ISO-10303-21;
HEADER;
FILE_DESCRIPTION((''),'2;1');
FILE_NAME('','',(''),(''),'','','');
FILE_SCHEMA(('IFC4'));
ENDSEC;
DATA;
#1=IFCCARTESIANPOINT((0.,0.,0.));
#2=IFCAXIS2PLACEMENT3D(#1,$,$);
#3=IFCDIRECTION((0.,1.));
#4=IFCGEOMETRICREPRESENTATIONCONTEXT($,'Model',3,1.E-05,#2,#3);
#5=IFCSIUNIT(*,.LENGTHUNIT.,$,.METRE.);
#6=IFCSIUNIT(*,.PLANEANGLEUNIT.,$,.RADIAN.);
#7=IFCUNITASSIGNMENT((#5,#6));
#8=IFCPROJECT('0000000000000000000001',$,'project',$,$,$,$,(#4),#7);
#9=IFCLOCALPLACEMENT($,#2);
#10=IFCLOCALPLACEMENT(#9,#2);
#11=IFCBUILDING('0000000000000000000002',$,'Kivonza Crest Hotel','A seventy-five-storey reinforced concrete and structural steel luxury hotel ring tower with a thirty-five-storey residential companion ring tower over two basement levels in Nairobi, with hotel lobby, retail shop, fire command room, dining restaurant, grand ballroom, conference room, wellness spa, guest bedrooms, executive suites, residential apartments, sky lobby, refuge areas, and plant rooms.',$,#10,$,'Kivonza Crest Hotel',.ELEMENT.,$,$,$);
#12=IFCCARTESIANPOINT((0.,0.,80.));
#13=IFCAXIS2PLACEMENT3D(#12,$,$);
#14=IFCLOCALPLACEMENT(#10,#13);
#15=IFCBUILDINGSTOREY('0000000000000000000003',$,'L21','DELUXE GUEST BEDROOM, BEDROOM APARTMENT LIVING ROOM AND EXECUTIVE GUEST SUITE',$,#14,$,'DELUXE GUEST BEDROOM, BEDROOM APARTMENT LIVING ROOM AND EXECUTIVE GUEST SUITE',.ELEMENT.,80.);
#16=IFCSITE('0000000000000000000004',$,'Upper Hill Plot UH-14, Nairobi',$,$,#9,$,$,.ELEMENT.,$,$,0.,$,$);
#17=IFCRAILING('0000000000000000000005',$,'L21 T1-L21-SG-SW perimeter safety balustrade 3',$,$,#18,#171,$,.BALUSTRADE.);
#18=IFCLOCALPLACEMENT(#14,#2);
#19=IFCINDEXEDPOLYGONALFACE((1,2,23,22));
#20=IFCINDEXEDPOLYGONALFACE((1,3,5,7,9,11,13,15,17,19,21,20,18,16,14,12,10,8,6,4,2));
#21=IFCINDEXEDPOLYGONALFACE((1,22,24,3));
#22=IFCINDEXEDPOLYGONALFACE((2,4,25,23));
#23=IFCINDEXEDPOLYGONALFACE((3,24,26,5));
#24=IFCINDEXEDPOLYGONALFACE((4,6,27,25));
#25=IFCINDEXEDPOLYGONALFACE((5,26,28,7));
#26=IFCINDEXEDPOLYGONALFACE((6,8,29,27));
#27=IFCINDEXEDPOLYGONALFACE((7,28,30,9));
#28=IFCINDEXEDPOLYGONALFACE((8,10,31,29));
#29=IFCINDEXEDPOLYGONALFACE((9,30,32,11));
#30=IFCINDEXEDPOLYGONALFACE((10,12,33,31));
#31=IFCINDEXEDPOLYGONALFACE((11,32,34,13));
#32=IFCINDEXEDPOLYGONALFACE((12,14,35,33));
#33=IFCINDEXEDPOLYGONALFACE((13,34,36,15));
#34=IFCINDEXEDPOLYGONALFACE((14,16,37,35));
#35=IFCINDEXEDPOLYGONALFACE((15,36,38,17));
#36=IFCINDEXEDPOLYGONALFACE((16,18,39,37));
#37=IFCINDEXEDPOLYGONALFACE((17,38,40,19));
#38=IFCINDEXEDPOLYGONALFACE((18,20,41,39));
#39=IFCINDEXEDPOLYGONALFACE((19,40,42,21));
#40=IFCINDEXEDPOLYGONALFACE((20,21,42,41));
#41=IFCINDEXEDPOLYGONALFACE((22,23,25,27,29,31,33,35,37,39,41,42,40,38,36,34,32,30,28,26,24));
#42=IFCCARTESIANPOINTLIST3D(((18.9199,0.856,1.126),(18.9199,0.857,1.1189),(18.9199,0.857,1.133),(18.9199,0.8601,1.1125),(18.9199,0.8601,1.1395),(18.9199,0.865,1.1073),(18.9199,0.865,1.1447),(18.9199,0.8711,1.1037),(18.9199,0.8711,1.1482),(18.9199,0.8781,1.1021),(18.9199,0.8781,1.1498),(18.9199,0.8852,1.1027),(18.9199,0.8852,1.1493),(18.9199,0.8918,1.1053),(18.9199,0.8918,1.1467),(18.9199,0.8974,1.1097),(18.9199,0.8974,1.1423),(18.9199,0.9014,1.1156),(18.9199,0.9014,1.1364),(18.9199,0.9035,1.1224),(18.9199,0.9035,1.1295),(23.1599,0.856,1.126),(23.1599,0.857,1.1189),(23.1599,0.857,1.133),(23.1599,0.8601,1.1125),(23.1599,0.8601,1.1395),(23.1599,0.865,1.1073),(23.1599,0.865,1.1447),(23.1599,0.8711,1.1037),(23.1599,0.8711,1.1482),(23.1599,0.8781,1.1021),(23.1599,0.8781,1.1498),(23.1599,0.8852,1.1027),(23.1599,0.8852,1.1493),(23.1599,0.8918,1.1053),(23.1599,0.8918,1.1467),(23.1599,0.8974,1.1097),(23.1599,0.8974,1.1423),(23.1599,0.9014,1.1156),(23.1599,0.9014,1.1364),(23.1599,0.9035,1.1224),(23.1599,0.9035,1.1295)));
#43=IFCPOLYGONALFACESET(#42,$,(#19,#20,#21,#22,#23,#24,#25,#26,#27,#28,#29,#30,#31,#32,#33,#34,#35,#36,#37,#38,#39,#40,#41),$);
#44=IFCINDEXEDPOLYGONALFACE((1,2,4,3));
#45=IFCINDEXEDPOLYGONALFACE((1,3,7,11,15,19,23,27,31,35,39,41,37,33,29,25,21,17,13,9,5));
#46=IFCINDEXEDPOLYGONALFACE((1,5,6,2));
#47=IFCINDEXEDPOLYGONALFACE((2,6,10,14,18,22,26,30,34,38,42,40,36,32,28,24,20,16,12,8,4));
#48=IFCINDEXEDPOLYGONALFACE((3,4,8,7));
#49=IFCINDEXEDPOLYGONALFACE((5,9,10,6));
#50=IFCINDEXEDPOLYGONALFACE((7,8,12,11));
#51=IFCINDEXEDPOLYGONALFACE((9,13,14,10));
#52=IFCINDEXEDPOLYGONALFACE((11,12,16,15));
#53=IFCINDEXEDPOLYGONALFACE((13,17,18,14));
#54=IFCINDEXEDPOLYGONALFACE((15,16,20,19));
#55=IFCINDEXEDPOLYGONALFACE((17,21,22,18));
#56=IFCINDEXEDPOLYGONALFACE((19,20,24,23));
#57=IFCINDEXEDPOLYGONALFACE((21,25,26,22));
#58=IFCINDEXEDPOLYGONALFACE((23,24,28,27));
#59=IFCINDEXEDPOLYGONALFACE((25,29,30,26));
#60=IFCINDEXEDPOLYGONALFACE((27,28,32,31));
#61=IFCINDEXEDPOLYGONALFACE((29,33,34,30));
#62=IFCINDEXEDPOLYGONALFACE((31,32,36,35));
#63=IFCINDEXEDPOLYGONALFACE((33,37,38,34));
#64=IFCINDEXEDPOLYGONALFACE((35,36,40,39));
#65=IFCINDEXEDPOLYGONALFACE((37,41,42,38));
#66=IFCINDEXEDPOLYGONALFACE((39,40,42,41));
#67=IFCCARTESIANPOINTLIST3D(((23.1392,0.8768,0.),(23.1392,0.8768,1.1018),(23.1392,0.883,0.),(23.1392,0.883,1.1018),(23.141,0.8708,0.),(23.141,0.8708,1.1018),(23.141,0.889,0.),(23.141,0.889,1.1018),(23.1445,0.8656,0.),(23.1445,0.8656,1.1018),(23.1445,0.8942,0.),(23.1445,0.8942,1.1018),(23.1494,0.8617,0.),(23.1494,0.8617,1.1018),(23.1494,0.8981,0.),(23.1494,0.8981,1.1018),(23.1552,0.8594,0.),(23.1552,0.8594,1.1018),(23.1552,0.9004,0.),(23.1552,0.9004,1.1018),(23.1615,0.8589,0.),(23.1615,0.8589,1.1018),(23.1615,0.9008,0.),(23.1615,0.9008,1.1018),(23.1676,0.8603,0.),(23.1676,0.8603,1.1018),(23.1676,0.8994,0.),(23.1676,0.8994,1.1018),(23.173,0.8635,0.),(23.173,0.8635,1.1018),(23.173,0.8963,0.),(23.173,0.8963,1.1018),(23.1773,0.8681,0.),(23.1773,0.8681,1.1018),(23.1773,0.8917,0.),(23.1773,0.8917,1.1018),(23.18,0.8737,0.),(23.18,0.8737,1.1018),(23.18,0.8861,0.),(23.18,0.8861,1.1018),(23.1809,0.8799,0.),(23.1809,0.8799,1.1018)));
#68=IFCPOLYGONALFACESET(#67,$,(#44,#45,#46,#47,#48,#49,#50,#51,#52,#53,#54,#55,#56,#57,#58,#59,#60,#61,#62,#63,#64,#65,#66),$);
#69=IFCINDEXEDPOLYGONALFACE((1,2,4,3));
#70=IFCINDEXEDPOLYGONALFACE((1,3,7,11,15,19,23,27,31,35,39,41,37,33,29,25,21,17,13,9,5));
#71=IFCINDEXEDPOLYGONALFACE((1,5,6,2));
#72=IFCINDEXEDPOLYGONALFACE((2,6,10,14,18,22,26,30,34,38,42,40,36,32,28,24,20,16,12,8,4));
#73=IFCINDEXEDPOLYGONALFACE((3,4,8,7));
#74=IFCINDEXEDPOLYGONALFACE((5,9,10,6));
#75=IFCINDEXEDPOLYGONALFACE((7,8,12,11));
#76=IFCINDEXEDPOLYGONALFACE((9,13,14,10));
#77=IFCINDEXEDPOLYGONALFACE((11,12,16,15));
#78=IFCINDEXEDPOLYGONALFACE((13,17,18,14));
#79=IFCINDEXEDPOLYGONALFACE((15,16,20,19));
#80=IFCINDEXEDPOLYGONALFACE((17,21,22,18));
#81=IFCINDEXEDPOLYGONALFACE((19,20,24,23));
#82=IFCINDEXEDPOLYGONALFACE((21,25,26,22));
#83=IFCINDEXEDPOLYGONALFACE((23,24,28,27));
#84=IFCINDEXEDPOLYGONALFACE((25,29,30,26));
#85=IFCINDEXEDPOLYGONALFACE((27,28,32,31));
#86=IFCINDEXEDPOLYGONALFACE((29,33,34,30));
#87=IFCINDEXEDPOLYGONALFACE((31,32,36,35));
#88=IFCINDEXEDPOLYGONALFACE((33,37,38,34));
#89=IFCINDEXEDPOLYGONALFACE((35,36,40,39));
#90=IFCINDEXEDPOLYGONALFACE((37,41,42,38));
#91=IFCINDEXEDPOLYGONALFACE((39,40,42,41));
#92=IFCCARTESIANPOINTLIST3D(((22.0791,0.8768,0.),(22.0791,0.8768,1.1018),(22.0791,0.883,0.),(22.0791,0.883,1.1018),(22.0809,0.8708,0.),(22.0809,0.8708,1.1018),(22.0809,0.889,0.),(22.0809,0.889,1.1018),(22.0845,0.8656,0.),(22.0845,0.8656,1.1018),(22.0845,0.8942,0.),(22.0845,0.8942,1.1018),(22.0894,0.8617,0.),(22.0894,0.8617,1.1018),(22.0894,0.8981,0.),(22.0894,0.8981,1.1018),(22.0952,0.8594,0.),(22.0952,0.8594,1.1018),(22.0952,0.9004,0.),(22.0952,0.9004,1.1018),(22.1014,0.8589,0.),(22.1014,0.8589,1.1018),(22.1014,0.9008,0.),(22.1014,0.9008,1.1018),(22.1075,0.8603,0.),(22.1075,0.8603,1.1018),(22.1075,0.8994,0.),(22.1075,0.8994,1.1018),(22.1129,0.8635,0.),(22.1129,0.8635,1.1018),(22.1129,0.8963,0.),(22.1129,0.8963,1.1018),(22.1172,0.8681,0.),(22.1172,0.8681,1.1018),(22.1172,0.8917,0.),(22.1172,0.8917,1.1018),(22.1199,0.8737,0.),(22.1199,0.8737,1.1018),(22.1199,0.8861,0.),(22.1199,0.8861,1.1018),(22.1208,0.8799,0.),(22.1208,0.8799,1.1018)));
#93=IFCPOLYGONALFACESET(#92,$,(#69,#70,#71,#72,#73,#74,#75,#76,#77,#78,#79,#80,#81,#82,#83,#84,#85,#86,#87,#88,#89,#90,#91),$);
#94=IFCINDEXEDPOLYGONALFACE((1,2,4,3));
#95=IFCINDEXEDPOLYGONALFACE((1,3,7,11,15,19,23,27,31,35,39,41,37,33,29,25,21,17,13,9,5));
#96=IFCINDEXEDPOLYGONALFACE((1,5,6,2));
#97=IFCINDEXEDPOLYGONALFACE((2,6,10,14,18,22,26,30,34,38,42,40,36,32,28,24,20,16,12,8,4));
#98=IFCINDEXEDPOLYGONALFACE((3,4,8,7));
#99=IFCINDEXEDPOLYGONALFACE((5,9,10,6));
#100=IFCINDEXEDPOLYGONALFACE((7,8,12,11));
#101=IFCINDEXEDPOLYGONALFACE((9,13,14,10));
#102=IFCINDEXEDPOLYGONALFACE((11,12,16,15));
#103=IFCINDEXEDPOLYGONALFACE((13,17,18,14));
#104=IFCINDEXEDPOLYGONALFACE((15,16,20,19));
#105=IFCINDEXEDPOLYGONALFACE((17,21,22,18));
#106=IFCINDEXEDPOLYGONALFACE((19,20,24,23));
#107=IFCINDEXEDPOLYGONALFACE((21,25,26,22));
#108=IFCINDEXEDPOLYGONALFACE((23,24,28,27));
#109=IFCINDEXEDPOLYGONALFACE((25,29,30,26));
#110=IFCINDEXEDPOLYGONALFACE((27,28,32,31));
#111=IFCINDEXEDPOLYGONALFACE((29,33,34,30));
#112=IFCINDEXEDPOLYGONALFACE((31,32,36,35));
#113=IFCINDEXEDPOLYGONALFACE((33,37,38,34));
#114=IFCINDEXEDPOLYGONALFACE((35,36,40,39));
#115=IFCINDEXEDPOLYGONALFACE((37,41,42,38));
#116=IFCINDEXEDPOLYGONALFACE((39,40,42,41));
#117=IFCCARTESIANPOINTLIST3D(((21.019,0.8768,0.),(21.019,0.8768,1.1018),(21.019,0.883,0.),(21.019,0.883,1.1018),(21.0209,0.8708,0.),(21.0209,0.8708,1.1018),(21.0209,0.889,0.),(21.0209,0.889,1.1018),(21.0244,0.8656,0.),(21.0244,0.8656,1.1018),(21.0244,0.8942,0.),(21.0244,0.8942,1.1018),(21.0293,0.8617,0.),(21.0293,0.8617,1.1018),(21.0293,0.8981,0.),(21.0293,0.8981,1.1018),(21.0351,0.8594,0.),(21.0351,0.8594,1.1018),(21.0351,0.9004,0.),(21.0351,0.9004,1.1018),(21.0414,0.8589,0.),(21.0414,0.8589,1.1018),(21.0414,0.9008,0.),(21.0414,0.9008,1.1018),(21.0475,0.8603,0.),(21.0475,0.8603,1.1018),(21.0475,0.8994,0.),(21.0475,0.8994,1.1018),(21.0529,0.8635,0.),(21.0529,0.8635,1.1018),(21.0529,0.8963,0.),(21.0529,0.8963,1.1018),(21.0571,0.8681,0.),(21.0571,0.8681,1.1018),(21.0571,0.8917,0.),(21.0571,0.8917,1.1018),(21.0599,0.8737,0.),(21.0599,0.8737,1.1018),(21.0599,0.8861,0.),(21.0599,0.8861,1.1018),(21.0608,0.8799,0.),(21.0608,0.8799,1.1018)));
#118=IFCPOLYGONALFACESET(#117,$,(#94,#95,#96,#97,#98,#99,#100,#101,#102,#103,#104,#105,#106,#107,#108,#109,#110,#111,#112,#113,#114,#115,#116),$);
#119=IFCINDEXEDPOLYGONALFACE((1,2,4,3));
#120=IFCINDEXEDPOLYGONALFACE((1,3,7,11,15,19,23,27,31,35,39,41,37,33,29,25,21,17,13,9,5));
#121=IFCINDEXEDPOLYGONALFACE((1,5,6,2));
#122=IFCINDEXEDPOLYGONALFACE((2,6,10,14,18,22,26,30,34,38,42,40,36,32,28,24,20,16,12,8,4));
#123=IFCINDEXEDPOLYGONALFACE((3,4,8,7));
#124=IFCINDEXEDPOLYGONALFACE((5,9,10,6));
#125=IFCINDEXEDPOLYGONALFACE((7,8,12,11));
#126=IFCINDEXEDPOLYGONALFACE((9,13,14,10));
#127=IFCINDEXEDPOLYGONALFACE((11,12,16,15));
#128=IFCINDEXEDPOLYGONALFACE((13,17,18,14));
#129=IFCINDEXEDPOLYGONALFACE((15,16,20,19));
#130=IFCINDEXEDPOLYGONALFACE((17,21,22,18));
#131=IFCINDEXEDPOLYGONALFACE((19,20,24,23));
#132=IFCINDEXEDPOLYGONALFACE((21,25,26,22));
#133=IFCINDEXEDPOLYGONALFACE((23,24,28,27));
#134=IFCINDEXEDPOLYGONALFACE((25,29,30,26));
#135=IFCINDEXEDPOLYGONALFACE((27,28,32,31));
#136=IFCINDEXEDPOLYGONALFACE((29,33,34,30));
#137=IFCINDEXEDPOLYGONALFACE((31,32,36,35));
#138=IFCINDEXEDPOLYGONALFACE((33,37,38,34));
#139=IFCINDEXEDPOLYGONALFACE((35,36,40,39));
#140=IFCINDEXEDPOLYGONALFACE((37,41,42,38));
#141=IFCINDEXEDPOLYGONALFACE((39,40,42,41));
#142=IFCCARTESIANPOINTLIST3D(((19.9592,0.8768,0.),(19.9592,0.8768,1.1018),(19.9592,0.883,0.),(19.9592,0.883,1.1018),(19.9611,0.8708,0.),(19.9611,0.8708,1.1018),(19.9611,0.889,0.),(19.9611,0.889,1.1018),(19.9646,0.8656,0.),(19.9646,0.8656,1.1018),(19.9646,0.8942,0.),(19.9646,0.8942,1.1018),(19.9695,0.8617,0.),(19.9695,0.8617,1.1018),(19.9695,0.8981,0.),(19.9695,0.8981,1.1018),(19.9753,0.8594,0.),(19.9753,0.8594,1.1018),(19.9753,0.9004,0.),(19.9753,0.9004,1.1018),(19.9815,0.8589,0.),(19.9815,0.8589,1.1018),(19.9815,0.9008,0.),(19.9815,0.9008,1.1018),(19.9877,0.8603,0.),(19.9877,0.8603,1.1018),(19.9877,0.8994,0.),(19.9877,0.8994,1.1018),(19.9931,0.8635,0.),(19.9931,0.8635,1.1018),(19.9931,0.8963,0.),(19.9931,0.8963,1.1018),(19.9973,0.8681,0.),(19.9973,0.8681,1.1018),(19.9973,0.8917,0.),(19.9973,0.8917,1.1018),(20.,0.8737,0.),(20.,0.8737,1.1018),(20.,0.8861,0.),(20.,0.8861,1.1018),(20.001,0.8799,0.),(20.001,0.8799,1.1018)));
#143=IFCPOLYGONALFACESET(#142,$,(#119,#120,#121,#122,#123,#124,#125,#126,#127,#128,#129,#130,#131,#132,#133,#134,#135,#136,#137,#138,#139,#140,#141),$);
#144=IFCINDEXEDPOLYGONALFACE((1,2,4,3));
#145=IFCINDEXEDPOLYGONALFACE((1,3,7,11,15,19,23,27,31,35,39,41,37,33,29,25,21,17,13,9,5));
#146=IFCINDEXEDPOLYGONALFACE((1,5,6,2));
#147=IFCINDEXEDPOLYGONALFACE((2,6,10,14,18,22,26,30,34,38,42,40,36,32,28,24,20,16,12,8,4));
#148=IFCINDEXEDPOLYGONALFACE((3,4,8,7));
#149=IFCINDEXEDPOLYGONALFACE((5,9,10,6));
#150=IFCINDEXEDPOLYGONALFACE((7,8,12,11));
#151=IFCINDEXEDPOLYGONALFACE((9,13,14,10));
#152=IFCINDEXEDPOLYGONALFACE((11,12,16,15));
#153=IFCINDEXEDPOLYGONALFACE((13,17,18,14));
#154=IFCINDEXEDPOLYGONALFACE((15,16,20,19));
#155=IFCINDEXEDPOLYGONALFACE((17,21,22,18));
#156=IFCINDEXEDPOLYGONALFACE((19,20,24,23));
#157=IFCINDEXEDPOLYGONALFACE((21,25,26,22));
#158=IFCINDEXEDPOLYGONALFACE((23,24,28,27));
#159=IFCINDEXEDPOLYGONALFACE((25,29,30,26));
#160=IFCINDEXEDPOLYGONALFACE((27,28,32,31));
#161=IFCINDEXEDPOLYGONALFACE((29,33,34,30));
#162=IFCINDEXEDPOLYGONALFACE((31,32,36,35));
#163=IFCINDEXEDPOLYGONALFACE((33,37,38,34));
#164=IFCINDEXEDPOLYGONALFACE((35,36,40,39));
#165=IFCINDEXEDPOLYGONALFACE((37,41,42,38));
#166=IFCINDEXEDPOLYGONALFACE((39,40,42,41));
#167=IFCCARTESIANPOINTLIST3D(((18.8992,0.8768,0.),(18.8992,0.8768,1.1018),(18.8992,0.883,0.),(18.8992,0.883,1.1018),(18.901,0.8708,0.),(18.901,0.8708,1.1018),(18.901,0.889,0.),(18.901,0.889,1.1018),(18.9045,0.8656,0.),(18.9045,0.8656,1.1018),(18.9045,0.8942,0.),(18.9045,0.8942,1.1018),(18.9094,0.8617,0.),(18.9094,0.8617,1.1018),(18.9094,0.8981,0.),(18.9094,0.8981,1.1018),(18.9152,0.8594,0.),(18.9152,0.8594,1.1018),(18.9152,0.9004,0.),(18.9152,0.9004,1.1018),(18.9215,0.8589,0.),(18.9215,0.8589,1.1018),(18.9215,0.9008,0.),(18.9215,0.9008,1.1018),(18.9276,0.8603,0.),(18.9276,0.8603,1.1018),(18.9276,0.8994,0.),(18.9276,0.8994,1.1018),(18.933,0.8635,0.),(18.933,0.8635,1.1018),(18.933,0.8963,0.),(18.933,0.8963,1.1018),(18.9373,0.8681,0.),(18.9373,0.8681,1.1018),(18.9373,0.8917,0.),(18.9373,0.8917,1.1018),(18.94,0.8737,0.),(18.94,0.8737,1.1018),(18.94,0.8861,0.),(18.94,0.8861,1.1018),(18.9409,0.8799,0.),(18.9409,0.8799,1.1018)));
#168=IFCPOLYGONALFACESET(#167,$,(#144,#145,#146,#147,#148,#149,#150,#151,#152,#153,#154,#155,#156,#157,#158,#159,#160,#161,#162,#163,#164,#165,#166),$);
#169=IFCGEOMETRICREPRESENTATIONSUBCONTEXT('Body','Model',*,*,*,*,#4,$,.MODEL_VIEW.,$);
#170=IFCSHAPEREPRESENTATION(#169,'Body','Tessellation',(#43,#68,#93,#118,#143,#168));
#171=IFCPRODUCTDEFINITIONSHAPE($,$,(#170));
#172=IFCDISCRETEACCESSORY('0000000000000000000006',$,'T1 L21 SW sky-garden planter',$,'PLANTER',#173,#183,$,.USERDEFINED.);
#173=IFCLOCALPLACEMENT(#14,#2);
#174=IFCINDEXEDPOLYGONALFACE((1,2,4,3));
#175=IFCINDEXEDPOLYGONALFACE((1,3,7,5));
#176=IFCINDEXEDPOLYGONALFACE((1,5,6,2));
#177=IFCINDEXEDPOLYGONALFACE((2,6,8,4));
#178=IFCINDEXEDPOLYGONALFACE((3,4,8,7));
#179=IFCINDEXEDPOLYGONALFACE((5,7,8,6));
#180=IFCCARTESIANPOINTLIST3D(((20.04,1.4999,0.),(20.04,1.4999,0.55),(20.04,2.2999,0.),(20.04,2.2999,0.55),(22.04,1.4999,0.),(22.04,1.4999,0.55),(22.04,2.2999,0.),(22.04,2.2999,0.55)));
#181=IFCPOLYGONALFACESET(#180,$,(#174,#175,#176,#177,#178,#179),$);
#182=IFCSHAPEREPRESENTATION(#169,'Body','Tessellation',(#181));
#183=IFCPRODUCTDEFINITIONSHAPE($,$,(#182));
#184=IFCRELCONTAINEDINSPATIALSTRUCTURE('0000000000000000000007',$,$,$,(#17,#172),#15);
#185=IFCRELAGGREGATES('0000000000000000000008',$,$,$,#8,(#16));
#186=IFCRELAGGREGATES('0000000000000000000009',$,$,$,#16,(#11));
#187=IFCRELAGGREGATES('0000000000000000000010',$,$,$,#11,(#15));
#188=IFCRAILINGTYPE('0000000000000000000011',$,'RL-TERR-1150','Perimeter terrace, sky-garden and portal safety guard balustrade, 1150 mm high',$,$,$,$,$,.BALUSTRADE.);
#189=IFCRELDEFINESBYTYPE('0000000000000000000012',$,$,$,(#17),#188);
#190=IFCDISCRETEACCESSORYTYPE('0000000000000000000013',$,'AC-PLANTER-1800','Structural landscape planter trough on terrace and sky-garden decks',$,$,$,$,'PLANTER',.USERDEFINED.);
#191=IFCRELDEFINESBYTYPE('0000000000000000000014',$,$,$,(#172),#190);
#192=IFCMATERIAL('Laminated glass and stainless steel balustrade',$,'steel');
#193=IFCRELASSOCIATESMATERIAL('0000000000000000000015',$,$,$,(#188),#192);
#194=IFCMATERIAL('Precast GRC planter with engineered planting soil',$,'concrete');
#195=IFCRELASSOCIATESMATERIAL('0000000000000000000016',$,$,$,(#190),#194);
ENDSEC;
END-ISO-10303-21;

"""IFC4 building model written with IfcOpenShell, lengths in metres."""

from ifc_helpers import new_model, si_unit, direction, frame, origin, origin_2d, place, context, subcontext, project, spatial, rectangle, circle, extrude, material, type_object, element, save


model = new_model("IFC4")

# Units and contexts
model_context = context("Model", 3, precision=1e-05, world=origin(), true_north=direction((0.0, 1.0)))
body_context = subcontext(model_context, "Body", "Model", "MODEL_VIEW")
ifc_project = project(units=[si_unit("LENGTHUNIT", "METRE"), si_unit("PLANEANGLEUNIT", "RADIAN")], contexts=[model_context])

# Site, building, storey
site_placement = place(None, origin())
site = spatial("IfcSite", under=ifc_project, at=site_placement, Name="Upper Hill Plot UH-14, Nairobi", CompositionType="ELEMENT", RefElevation=0.0)
building_placement = place(site_placement, origin())
building = spatial("IfcBuilding", under=site, at=building_placement, Name="Kivonza Crest Hotel", Description="A seventy-five-storey reinforced concrete and structural steel luxury hotel ring tower with a thirty-five-storey residential companion ring tower over two basement levels in Nairobi, with hotel lobby, retail shop, fire command room, dining restaurant, grand ballroom, conference room, wellness spa, guest bedrooms, executive suites, residential apartments, sky lobby, refuge areas, and plant rooms.", LongName="Kivonza Crest Hotel", CompositionType="ELEMENT")
storey_placement = place(building_placement, frame((0.0, 0.0, 80.0)))
storey = spatial("IfcBuildingStorey", under=building, at=storey_placement, Name="L21", Description="DELUXE GUEST BEDROOM, BEDROOM APARTMENT LIVING ROOM AND EXECUTIVE GUEST SUITE", LongName="DELUXE GUEST BEDROOM, BEDROOM APARTMENT LIVING ROOM AND EXECUTIVE GUEST SUITE", CompositionType="ELEMENT", Elevation=80.0)

# Railing
ifc_material_1 = material(Name="Laminated glass and stainless steel balustrade", Category="steel")
railing_type = type_object("IfcRailingType", Name="RL-TERR-1150", Description="Perimeter terrace, sky-garden and portal safety guard balustrade, 1150 mm high", PredefinedType="BALUSTRADE", material=ifc_material_1)
railing_1_placement = place(storey_placement, frame((23.1599, 0.8799, 0.0)))
element("IfcRailing", 1, at=railing_1_placement, inside=storey, type_object=railing_type, Name="L21 T1-L21-SG-SW perimeter safety balustrade 3", PredefinedType="BALUSTRADE", context=body_context, shape_type="SweptSolid", body=[
    extrude(circle(Radius=0.0239, at=origin_2d()), frame((0.0, 0.0, 1.126), z_axis=(-1.0, 0.0, 0.0), x_axis=(0.0, -1.0, 0.0)), (0.0, 0.0, 1.0), 4.24),
    extrude(circle(Radius=0.021, at=origin_2d()), origin(), (0.0, 0.0, 1.0), 1.1018),
    extrude(circle(Radius=0.021, at=origin_2d()), frame((-1.0601, 0.0, 0.0)), (0.0, 0.0, 1.0), 1.1018),
    extrude(circle(Radius=0.021, at=origin_2d()), frame((-2.1201, 0.0, 0.0)), (0.0, 0.0, 1.0), 1.1018),
    extrude(circle(Radius=0.021, at=origin_2d()), frame((-3.1799, 0.0, 0.0)), (0.0, 0.0, 1.0), 1.1018),
    extrude(circle(Radius=0.021, at=origin_2d()), frame((-4.24, 0.0, 0.0)), (0.0, 0.0, 1.0), 1.1018),
])

# Discrete accessory
ifc_material_2 = material(Name="Precast GRC planter with engineered planting soil", Category="concrete")
discrete_accessory_type = type_object("IfcDiscreteAccessoryType", Name="AC-PLANTER-1800", Description="Structural landscape planter trough on terrace and sky-garden decks", ElementType="PLANTER", PredefinedType="USERDEFINED", material=ifc_material_2)
discrete_accessory_placement = place(storey_placement, frame((21.04, 1.8999, 0.0), z_axis=(0.0, 0.0, 1.0), x_axis=(1.0, 0.0, 0.0)))
element("IfcDiscreteAccessory", 2, at=discrete_accessory_placement, inside=storey, type_object=discrete_accessory_type, Name="T1 L21 SW sky-garden planter", ObjectType="PLANTER", PredefinedType="USERDEFINED", context=body_context, shape_type="SweptSolid", body=[
    extrude(rectangle(XDim=2.0, YDim=0.8, at=origin_2d()), origin(), (0.0, 0.0, 1.0), 0.55),
])

save(model, "model.ifc")
